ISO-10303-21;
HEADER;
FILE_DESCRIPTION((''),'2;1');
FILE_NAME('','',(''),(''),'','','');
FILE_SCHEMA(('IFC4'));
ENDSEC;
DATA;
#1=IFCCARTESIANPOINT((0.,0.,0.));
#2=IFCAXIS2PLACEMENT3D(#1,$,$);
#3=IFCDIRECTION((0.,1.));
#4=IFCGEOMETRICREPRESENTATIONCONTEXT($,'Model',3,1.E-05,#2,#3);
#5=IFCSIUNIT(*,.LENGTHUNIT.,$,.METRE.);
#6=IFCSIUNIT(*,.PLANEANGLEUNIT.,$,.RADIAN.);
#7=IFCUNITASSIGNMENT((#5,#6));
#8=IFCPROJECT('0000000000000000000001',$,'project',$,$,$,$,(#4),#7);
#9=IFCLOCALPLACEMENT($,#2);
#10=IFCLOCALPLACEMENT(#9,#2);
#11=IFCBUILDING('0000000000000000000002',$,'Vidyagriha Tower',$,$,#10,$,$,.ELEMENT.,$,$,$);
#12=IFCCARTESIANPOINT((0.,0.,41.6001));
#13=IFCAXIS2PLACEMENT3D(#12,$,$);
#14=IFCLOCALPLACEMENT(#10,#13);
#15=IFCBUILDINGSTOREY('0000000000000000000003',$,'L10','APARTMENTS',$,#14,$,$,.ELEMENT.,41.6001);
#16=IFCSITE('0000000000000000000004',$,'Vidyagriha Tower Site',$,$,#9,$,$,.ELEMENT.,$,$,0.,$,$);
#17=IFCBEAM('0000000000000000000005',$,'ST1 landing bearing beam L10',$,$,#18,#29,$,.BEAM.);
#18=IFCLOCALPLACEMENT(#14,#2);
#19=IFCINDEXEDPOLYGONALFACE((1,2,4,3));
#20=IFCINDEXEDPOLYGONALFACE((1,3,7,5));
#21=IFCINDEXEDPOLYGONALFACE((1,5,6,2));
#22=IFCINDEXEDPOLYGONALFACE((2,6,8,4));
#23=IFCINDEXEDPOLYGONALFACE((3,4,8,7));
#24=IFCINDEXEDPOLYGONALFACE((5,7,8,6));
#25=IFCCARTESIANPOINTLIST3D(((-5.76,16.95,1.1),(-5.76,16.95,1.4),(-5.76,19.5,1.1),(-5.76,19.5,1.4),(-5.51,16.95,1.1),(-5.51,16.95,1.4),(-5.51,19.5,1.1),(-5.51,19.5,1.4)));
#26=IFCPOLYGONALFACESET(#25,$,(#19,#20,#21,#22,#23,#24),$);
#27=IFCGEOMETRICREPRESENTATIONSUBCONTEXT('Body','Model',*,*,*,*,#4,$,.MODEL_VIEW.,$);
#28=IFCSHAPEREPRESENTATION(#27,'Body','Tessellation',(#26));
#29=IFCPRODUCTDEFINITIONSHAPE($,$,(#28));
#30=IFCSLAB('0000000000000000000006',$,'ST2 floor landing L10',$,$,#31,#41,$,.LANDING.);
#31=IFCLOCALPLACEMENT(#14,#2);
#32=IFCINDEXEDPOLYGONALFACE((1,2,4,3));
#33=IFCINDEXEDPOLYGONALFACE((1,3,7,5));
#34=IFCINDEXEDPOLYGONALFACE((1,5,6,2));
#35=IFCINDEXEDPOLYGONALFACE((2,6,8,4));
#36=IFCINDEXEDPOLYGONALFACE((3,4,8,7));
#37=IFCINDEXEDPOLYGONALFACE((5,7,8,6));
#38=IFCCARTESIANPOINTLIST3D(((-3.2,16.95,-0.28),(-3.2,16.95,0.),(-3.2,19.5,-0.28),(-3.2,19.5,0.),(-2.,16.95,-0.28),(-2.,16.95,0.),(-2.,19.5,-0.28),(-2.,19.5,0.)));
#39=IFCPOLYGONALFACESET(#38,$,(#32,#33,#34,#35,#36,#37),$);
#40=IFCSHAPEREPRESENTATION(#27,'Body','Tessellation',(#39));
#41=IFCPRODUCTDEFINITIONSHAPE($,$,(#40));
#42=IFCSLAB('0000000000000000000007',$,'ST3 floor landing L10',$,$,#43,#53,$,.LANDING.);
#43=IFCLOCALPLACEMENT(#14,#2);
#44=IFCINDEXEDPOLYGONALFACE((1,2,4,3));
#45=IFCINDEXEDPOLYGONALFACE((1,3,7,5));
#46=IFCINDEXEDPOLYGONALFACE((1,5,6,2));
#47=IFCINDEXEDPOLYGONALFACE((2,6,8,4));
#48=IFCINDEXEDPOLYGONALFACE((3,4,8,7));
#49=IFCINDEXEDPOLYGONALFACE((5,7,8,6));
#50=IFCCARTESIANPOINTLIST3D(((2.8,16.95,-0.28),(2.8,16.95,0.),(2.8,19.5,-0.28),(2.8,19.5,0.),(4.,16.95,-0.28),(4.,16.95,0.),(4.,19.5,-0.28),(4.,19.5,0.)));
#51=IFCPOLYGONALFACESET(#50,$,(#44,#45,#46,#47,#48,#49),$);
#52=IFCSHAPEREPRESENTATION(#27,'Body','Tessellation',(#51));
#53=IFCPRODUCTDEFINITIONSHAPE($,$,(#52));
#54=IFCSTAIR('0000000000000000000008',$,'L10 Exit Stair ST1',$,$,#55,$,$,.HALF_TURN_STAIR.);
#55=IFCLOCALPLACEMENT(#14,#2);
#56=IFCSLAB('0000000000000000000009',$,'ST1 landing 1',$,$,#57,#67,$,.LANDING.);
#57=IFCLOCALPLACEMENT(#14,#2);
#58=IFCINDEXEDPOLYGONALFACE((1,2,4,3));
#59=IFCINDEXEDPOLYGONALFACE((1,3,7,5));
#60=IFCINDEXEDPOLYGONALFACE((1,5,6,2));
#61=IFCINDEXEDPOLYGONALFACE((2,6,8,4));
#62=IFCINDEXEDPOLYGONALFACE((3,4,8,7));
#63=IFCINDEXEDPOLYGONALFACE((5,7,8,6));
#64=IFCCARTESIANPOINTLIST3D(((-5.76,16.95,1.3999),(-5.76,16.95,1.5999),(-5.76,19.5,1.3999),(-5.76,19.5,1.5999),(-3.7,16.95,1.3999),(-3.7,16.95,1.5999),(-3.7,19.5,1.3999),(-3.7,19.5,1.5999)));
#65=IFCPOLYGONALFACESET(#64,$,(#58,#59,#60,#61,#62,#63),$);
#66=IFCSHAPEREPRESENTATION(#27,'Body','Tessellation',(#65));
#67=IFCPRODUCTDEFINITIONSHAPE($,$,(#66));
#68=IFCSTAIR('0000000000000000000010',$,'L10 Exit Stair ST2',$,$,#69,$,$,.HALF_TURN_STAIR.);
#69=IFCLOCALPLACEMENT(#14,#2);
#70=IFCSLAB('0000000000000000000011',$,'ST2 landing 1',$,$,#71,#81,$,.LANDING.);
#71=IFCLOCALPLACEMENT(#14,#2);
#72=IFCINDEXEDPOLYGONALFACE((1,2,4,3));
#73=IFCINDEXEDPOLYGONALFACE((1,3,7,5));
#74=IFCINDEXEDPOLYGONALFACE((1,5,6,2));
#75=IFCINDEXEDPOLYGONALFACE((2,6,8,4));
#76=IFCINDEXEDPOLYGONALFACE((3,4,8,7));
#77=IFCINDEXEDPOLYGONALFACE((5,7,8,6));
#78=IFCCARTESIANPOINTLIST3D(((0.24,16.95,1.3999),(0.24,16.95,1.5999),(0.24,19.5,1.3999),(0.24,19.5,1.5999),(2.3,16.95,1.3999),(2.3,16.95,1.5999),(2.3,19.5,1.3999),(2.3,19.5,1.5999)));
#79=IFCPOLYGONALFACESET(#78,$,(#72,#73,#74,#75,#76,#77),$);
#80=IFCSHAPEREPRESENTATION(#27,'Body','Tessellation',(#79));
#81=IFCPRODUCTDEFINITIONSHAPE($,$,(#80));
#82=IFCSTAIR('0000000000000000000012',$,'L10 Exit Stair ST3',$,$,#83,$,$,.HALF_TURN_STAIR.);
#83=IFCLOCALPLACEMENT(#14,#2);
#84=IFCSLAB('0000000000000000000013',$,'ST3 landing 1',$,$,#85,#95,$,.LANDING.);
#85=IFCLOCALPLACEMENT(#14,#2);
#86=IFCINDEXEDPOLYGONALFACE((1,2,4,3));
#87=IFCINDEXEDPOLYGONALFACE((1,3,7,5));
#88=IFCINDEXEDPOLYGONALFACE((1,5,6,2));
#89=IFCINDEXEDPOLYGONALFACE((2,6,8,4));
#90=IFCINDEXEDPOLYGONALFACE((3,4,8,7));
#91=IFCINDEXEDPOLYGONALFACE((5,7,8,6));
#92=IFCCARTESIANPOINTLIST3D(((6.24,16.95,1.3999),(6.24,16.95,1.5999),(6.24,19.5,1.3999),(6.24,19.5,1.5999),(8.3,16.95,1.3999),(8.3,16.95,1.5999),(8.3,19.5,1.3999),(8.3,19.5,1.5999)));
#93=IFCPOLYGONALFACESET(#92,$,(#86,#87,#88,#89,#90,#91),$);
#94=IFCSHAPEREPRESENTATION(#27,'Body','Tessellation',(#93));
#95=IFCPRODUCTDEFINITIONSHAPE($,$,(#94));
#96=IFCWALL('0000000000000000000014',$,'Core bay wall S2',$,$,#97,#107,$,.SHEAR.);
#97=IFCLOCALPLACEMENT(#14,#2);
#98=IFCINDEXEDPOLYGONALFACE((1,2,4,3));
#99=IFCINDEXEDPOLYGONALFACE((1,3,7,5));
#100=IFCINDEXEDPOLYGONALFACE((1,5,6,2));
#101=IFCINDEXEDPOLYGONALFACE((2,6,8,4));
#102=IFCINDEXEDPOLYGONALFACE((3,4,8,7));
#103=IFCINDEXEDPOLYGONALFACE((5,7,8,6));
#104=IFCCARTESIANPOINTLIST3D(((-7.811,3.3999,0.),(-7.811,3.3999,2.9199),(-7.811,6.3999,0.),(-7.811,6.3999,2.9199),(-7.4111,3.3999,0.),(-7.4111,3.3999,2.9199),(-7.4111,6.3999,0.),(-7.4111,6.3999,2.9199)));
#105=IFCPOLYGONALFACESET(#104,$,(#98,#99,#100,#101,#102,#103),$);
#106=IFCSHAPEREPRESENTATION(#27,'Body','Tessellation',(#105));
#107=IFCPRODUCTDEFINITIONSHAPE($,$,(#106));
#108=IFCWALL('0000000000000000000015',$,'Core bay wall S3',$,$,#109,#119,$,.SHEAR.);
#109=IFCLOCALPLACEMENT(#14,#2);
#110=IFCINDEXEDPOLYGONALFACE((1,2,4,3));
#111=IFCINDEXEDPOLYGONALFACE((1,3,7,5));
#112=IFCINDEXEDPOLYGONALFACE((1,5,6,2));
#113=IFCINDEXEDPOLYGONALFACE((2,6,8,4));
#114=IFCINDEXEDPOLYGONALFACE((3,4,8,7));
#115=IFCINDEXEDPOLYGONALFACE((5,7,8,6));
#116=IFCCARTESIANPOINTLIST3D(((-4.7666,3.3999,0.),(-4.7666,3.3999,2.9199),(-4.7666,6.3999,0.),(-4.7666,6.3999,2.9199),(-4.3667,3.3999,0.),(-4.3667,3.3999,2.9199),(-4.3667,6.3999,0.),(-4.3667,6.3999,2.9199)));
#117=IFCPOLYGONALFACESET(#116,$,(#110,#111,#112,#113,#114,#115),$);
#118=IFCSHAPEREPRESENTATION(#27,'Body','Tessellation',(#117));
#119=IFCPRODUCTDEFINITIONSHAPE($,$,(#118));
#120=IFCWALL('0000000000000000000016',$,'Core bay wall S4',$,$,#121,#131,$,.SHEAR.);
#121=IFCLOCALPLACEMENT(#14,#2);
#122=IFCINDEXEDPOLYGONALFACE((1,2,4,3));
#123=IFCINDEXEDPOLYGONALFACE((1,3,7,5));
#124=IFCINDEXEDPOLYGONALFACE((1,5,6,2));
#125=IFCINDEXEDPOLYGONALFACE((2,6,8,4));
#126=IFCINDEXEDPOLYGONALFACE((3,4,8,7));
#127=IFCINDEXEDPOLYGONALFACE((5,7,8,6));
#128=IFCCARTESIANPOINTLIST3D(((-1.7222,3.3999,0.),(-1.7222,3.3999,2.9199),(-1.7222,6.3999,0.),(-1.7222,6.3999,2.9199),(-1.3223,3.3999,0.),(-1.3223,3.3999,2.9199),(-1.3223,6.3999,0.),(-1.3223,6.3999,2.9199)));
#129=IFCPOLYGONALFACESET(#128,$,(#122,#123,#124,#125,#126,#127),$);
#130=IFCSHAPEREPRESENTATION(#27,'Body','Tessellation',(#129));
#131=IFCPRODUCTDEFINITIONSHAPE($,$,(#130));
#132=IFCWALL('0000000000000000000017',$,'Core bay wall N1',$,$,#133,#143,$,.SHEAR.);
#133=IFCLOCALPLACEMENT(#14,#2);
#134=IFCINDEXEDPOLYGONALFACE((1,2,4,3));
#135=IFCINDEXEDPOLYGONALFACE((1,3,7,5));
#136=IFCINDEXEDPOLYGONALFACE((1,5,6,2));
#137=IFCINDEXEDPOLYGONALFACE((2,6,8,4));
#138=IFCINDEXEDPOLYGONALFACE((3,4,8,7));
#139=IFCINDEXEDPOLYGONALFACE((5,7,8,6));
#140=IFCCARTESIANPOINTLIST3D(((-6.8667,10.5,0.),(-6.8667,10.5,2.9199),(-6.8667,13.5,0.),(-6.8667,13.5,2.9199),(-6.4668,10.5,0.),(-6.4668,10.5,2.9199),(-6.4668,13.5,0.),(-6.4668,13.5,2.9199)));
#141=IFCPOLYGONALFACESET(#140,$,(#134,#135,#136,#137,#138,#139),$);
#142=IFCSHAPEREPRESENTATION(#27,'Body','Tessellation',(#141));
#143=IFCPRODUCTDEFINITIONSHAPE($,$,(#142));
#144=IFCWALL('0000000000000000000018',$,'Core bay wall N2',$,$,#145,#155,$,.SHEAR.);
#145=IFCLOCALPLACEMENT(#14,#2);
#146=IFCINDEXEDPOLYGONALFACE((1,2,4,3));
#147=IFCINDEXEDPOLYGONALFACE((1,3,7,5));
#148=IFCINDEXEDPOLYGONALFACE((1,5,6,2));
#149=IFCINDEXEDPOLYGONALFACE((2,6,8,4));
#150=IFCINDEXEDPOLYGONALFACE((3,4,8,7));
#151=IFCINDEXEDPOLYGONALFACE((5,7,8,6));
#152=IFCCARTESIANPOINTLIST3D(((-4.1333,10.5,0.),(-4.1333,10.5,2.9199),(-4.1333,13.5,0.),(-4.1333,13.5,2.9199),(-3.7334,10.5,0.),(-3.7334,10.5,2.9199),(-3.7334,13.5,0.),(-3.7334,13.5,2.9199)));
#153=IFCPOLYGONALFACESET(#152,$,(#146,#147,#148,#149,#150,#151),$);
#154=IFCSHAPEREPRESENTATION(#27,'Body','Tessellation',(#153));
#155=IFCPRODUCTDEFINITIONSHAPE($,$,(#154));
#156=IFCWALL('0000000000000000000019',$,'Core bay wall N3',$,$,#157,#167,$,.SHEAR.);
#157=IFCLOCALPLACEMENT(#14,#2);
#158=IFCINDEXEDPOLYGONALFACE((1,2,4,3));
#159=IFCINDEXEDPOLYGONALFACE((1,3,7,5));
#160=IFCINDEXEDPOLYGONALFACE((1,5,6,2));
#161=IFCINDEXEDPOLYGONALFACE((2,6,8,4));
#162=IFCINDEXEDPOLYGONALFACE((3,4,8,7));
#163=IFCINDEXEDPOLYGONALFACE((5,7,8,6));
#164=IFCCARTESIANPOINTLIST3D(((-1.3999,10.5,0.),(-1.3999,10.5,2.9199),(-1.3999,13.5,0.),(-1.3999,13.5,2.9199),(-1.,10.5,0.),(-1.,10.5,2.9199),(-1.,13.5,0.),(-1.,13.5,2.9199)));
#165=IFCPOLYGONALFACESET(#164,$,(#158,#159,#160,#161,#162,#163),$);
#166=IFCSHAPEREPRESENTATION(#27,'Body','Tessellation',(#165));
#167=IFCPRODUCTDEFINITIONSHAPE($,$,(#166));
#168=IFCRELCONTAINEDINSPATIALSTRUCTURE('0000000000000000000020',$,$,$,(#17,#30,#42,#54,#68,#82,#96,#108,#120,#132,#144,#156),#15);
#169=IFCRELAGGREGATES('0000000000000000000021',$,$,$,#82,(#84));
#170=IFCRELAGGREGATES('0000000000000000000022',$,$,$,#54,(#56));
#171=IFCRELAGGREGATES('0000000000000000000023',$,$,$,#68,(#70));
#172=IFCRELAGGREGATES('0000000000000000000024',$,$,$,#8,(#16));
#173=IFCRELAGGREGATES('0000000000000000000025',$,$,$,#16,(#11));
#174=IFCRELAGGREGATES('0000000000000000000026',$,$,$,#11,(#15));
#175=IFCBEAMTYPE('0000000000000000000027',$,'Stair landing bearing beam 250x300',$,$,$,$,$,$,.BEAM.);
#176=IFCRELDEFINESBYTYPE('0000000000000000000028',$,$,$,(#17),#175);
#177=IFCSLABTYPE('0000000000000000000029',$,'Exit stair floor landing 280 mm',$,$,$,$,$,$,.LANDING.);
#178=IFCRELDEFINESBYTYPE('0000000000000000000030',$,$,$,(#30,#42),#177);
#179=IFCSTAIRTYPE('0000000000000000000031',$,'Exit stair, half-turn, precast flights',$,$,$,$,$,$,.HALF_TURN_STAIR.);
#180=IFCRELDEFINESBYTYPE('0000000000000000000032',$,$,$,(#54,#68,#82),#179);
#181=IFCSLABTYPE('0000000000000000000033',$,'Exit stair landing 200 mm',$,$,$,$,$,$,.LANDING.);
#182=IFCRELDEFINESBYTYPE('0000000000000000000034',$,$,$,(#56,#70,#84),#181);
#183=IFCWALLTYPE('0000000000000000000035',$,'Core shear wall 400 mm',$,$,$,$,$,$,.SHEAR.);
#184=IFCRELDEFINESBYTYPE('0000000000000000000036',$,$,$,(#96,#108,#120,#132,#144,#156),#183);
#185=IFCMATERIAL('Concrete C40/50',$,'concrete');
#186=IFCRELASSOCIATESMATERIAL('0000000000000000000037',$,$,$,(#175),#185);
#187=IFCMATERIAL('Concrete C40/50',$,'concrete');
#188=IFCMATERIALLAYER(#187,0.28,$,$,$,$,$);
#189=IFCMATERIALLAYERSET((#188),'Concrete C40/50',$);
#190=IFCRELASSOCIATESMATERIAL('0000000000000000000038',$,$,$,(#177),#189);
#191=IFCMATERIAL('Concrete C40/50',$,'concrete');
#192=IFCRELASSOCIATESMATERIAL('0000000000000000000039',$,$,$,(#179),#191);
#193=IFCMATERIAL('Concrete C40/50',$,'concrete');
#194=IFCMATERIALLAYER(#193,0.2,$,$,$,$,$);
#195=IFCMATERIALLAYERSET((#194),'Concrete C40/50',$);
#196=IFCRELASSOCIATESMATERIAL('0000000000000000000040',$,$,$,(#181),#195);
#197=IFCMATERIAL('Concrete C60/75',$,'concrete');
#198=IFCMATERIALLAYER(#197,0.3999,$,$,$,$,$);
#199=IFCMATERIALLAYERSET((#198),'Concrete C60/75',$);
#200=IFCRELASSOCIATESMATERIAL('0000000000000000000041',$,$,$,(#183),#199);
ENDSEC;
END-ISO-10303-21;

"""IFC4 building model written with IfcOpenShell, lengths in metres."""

from ifc_helpers import new_model, si_unit, direction, frame, frame_2d, origin, origin_2d, place, context, subcontext, project, spatial, polyline, rectangle, outline, extrude, material, layer, layer_set, material_profile, profile_set, type_object, element, aggregate, save


model = new_model("IFC4")

# Units and contexts
model_context = context("Model", 3, precision=1e-05, world=origin(), true_north=direction((0.0, 1.0)))
body_context = subcontext(model_context, "Body", "Model", "MODEL_VIEW")
ifc_project = project(units=[si_unit("LENGTHUNIT", "METRE"), si_unit("PLANEANGLEUNIT", "RADIAN")], contexts=[model_context])

# Site, building, storey
site_placement = place(None, origin())
site = spatial("IfcSite", under=ifc_project, at=site_placement, Name="Vidyagriha Tower Site", CompositionType="ELEMENT", RefElevation=0.0)
building_placement = place(site_placement, origin())
building = spatial("IfcBuilding", under=site, at=building_placement, Name="Vidyagriha Tower", CompositionType="ELEMENT")
storey_placement = place(building_placement, frame((0.0, 0.0, 41.6001)))
storey = spatial("IfcBuildingStorey", under=building, at=storey_placement, Name="L10", Description="APARTMENTS", CompositionType="ELEMENT", Elevation=41.6001)

# Beam
ifc_material_1 = material(Name="Concrete C40/50", Category="concrete")
ifc_material_profile = material_profile(ifc_material_1, rectangle(XDim=0.25, YDim=0.3, at=origin_2d()), Name="Stair landing bearing beam 250x300")
ifc_profile_set = profile_set([ifc_material_profile], Name="Concrete C40/50")
beam_type = type_object("IfcBeamType", Name="Stair landing bearing beam 250x300", PredefinedType="BEAM", material=ifc_profile_set)
beam_placement = place(storey_placement, frame((-5.635, 16.95, 1.25), z_axis=(0.0, 1.0, 0.0), x_axis=(-1.0, 0.0, 0.0)))
element("IfcBeam", 1, at=beam_placement, inside=storey, type_object=beam_type, Name="ST1 landing bearing beam L10", PredefinedType="BEAM", context=body_context, shape_type="SweptSolid", body=[
    extrude(rectangle(XDim=0.25, YDim=0.3, at=origin_2d()), origin(), (0.0, 0.0, 1.0), 2.55),
])

# Slabs
ifc_material_2 = material(Name="Concrete C40/50", Category="concrete")
ifc_layer_1 = layer(ifc_material_2, 0.28)
ifc_layer_set_1 = layer_set([ifc_layer_1], Name="Concrete C40/50")
slab_type_1 = type_object("IfcSlabType", Name="Exit stair floor landing 280 mm", PredefinedType="LANDING", material=ifc_layer_set_1)
slab_1_placement = place(storey_placement, frame((0.0, 0.0, -0.28)))
element("IfcSlab", 2, at=slab_1_placement, inside=storey, type_object=slab_type_1, Name="ST2 floor landing L10", PredefinedType="LANDING", context=body_context, shape_type="SweptSolid", body=[
    extrude(outline(polyline([(-3.2, 16.95), (-2.0, 16.95), (-2.0, 19.5), (-3.2, 19.5), (-3.2, 16.95)])), origin(), (0.0, 0.0, 1.0), 0.28),
])
slab_2_placement = place(storey_placement, frame((0.0, 0.0, -0.28)))
element("IfcSlab", 3, at=slab_2_placement, inside=storey, type_object=slab_type_1, Name="ST3 floor landing L10", PredefinedType="LANDING", context=body_context, shape_type="SweptSolid", body=[
    extrude(outline(polyline([(2.8, 16.95), (4.0, 16.95), (4.0, 19.5), (2.8, 19.5), (2.8, 16.95)])), origin(), (0.0, 0.0, 1.0), 0.28),
])

# Stairs, slabs
ifc_material_3 = material(Name="Concrete C40/50", Category="concrete")
stair_type = type_object("IfcStairType", Name="Exit stair, half-turn, precast flights", PredefinedType="HALF_TURN_STAIR", material=ifc_material_3)
stair_1_placement = place(storey_placement, origin())
stair_1 = element("IfcStair", 4, at=stair_1_placement, inside=storey, type_object=stair_type, Name="L10 Exit Stair ST1", PredefinedType="HALF_TURN_STAIR")
ifc_material_4 = material(Name="Concrete C40/50", Category="concrete")
ifc_layer_2 = layer(ifc_material_4, 0.2)
ifc_layer_set_2 = layer_set([ifc_layer_2], Name="Concrete C40/50")
slab_type_2 = type_object("IfcSlabType", Name="Exit stair landing 200 mm", PredefinedType="LANDING", material=ifc_layer_set_2)
slab_3_placement = place(storey_placement, frame((0.0, 0.0, 1.3999)))
slab_3 = element("IfcSlab", 5, at=slab_3_placement, type_object=slab_type_2, Name="ST1 landing 1", PredefinedType="LANDING", context=body_context, shape_type="SweptSolid", body=[
    extrude(outline(polyline([(-5.76, 16.95), (-3.7, 16.95), (-3.7, 19.5), (-5.76, 19.5), (-5.76, 16.95)])), origin(), (0.0, 0.0, 1.0), 0.2),
])
stair_2_placement = place(storey_placement, origin())
stair_2 = element("IfcStair", 6, at=stair_2_placement, inside=storey, type_object=stair_type, Name="L10 Exit Stair ST2", PredefinedType="HALF_TURN_STAIR")
slab_4_placement = place(storey_placement, frame((0.0, 0.0, 1.3999)))
slab_4 = element("IfcSlab", 7, at=slab_4_placement, type_object=slab_type_2, Name="ST2 landing 1", PredefinedType="LANDING", context=body_context, shape_type="SweptSolid", body=[
    extrude(outline(polyline([(0.24, 16.95), (2.3, 16.95), (2.3, 19.5), (0.24, 19.5), (0.24, 16.95)])), origin(), (0.0, 0.0, 1.0), 0.2),
])
stair_3_placement = place(storey_placement, origin())
stair_3 = element("IfcStair", 8, at=stair_3_placement, inside=storey, type_object=stair_type, Name="L10 Exit Stair ST3", PredefinedType="HALF_TURN_STAIR")
slab_5_placement = place(storey_placement, frame((0.0, 0.0, 1.3999)))
slab_5 = element("IfcSlab", 9, at=slab_5_placement, type_object=slab_type_2, Name="ST3 landing 1", PredefinedType="LANDING", context=body_context, shape_type="SweptSolid", body=[
    extrude(outline(polyline([(6.24, 16.95), (8.3, 16.95), (8.3, 19.5), (6.24, 19.5), (6.24, 16.95)])), origin(), (0.0, 0.0, 1.0), 0.2),
])
aggregate(stair_3, [slab_5])

# Walls
ifc_material_5 = material(Name="Concrete C60/75", Category="concrete")
ifc_layer_3 = layer(ifc_material_5, 0.3999)
ifc_layer_set_3 = layer_set([ifc_layer_3], Name="Concrete C60/75")
wall_type_1 = type_object("IfcWallType", Name="Core shear wall 400 mm", PredefinedType="SHEAR", material=ifc_layer_set_3)
for number, where, z_axis, x_axis, name in (
    (10, (-7.6111, 3.3999, 0.0), (0.0, 0.0, 1.0), (0.0, 1.0, 0.0), "Core bay wall S2"),
    (11, (-4.5667, 3.3999, 0.0), (0.0, 0.0, 1.0), (0.0, 1.0, 0.0), "Core bay wall S3"),
    (12, (-1.5222, 3.3999, 0.0), (0.0, 0.0, 1.0), (0.0, 1.0, 0.0), "Core bay wall S4"),
    (13, (-6.6667, 10.5, 0.0), (0.0, 0.0, 1.0), (0.0, 1.0, 0.0), "Core bay wall N1"),
    (14, (-3.9333, 10.5, 0.0), (0.0, 0.0, 1.0), (0.0, 1.0, 0.0), "Core bay wall N2"),
    (15, (-1.2, 10.5, 0.0), (0.0, 0.0, 1.0), (0.0, 1.0, 0.0), "Core bay wall N3"),
):
    element("IfcWall", number, at=place(storey_placement, frame(where, z_axis=z_axis, x_axis=x_axis)), inside=storey, type_object=wall_type_1, Name=name, PredefinedType="SHEAR", context=body_context, shape_type="SweptSolid", body=[
        extrude(rectangle(XDim=3.0, YDim=0.3999, at=frame_2d((1.5, 0.0))), origin(), (0.0, 0.0, 1.0), 2.9199),
    ])

aggregate(stair_1, [slab_3])
aggregate(stair_2, [slab_4])

save(model, "model.ifc")
